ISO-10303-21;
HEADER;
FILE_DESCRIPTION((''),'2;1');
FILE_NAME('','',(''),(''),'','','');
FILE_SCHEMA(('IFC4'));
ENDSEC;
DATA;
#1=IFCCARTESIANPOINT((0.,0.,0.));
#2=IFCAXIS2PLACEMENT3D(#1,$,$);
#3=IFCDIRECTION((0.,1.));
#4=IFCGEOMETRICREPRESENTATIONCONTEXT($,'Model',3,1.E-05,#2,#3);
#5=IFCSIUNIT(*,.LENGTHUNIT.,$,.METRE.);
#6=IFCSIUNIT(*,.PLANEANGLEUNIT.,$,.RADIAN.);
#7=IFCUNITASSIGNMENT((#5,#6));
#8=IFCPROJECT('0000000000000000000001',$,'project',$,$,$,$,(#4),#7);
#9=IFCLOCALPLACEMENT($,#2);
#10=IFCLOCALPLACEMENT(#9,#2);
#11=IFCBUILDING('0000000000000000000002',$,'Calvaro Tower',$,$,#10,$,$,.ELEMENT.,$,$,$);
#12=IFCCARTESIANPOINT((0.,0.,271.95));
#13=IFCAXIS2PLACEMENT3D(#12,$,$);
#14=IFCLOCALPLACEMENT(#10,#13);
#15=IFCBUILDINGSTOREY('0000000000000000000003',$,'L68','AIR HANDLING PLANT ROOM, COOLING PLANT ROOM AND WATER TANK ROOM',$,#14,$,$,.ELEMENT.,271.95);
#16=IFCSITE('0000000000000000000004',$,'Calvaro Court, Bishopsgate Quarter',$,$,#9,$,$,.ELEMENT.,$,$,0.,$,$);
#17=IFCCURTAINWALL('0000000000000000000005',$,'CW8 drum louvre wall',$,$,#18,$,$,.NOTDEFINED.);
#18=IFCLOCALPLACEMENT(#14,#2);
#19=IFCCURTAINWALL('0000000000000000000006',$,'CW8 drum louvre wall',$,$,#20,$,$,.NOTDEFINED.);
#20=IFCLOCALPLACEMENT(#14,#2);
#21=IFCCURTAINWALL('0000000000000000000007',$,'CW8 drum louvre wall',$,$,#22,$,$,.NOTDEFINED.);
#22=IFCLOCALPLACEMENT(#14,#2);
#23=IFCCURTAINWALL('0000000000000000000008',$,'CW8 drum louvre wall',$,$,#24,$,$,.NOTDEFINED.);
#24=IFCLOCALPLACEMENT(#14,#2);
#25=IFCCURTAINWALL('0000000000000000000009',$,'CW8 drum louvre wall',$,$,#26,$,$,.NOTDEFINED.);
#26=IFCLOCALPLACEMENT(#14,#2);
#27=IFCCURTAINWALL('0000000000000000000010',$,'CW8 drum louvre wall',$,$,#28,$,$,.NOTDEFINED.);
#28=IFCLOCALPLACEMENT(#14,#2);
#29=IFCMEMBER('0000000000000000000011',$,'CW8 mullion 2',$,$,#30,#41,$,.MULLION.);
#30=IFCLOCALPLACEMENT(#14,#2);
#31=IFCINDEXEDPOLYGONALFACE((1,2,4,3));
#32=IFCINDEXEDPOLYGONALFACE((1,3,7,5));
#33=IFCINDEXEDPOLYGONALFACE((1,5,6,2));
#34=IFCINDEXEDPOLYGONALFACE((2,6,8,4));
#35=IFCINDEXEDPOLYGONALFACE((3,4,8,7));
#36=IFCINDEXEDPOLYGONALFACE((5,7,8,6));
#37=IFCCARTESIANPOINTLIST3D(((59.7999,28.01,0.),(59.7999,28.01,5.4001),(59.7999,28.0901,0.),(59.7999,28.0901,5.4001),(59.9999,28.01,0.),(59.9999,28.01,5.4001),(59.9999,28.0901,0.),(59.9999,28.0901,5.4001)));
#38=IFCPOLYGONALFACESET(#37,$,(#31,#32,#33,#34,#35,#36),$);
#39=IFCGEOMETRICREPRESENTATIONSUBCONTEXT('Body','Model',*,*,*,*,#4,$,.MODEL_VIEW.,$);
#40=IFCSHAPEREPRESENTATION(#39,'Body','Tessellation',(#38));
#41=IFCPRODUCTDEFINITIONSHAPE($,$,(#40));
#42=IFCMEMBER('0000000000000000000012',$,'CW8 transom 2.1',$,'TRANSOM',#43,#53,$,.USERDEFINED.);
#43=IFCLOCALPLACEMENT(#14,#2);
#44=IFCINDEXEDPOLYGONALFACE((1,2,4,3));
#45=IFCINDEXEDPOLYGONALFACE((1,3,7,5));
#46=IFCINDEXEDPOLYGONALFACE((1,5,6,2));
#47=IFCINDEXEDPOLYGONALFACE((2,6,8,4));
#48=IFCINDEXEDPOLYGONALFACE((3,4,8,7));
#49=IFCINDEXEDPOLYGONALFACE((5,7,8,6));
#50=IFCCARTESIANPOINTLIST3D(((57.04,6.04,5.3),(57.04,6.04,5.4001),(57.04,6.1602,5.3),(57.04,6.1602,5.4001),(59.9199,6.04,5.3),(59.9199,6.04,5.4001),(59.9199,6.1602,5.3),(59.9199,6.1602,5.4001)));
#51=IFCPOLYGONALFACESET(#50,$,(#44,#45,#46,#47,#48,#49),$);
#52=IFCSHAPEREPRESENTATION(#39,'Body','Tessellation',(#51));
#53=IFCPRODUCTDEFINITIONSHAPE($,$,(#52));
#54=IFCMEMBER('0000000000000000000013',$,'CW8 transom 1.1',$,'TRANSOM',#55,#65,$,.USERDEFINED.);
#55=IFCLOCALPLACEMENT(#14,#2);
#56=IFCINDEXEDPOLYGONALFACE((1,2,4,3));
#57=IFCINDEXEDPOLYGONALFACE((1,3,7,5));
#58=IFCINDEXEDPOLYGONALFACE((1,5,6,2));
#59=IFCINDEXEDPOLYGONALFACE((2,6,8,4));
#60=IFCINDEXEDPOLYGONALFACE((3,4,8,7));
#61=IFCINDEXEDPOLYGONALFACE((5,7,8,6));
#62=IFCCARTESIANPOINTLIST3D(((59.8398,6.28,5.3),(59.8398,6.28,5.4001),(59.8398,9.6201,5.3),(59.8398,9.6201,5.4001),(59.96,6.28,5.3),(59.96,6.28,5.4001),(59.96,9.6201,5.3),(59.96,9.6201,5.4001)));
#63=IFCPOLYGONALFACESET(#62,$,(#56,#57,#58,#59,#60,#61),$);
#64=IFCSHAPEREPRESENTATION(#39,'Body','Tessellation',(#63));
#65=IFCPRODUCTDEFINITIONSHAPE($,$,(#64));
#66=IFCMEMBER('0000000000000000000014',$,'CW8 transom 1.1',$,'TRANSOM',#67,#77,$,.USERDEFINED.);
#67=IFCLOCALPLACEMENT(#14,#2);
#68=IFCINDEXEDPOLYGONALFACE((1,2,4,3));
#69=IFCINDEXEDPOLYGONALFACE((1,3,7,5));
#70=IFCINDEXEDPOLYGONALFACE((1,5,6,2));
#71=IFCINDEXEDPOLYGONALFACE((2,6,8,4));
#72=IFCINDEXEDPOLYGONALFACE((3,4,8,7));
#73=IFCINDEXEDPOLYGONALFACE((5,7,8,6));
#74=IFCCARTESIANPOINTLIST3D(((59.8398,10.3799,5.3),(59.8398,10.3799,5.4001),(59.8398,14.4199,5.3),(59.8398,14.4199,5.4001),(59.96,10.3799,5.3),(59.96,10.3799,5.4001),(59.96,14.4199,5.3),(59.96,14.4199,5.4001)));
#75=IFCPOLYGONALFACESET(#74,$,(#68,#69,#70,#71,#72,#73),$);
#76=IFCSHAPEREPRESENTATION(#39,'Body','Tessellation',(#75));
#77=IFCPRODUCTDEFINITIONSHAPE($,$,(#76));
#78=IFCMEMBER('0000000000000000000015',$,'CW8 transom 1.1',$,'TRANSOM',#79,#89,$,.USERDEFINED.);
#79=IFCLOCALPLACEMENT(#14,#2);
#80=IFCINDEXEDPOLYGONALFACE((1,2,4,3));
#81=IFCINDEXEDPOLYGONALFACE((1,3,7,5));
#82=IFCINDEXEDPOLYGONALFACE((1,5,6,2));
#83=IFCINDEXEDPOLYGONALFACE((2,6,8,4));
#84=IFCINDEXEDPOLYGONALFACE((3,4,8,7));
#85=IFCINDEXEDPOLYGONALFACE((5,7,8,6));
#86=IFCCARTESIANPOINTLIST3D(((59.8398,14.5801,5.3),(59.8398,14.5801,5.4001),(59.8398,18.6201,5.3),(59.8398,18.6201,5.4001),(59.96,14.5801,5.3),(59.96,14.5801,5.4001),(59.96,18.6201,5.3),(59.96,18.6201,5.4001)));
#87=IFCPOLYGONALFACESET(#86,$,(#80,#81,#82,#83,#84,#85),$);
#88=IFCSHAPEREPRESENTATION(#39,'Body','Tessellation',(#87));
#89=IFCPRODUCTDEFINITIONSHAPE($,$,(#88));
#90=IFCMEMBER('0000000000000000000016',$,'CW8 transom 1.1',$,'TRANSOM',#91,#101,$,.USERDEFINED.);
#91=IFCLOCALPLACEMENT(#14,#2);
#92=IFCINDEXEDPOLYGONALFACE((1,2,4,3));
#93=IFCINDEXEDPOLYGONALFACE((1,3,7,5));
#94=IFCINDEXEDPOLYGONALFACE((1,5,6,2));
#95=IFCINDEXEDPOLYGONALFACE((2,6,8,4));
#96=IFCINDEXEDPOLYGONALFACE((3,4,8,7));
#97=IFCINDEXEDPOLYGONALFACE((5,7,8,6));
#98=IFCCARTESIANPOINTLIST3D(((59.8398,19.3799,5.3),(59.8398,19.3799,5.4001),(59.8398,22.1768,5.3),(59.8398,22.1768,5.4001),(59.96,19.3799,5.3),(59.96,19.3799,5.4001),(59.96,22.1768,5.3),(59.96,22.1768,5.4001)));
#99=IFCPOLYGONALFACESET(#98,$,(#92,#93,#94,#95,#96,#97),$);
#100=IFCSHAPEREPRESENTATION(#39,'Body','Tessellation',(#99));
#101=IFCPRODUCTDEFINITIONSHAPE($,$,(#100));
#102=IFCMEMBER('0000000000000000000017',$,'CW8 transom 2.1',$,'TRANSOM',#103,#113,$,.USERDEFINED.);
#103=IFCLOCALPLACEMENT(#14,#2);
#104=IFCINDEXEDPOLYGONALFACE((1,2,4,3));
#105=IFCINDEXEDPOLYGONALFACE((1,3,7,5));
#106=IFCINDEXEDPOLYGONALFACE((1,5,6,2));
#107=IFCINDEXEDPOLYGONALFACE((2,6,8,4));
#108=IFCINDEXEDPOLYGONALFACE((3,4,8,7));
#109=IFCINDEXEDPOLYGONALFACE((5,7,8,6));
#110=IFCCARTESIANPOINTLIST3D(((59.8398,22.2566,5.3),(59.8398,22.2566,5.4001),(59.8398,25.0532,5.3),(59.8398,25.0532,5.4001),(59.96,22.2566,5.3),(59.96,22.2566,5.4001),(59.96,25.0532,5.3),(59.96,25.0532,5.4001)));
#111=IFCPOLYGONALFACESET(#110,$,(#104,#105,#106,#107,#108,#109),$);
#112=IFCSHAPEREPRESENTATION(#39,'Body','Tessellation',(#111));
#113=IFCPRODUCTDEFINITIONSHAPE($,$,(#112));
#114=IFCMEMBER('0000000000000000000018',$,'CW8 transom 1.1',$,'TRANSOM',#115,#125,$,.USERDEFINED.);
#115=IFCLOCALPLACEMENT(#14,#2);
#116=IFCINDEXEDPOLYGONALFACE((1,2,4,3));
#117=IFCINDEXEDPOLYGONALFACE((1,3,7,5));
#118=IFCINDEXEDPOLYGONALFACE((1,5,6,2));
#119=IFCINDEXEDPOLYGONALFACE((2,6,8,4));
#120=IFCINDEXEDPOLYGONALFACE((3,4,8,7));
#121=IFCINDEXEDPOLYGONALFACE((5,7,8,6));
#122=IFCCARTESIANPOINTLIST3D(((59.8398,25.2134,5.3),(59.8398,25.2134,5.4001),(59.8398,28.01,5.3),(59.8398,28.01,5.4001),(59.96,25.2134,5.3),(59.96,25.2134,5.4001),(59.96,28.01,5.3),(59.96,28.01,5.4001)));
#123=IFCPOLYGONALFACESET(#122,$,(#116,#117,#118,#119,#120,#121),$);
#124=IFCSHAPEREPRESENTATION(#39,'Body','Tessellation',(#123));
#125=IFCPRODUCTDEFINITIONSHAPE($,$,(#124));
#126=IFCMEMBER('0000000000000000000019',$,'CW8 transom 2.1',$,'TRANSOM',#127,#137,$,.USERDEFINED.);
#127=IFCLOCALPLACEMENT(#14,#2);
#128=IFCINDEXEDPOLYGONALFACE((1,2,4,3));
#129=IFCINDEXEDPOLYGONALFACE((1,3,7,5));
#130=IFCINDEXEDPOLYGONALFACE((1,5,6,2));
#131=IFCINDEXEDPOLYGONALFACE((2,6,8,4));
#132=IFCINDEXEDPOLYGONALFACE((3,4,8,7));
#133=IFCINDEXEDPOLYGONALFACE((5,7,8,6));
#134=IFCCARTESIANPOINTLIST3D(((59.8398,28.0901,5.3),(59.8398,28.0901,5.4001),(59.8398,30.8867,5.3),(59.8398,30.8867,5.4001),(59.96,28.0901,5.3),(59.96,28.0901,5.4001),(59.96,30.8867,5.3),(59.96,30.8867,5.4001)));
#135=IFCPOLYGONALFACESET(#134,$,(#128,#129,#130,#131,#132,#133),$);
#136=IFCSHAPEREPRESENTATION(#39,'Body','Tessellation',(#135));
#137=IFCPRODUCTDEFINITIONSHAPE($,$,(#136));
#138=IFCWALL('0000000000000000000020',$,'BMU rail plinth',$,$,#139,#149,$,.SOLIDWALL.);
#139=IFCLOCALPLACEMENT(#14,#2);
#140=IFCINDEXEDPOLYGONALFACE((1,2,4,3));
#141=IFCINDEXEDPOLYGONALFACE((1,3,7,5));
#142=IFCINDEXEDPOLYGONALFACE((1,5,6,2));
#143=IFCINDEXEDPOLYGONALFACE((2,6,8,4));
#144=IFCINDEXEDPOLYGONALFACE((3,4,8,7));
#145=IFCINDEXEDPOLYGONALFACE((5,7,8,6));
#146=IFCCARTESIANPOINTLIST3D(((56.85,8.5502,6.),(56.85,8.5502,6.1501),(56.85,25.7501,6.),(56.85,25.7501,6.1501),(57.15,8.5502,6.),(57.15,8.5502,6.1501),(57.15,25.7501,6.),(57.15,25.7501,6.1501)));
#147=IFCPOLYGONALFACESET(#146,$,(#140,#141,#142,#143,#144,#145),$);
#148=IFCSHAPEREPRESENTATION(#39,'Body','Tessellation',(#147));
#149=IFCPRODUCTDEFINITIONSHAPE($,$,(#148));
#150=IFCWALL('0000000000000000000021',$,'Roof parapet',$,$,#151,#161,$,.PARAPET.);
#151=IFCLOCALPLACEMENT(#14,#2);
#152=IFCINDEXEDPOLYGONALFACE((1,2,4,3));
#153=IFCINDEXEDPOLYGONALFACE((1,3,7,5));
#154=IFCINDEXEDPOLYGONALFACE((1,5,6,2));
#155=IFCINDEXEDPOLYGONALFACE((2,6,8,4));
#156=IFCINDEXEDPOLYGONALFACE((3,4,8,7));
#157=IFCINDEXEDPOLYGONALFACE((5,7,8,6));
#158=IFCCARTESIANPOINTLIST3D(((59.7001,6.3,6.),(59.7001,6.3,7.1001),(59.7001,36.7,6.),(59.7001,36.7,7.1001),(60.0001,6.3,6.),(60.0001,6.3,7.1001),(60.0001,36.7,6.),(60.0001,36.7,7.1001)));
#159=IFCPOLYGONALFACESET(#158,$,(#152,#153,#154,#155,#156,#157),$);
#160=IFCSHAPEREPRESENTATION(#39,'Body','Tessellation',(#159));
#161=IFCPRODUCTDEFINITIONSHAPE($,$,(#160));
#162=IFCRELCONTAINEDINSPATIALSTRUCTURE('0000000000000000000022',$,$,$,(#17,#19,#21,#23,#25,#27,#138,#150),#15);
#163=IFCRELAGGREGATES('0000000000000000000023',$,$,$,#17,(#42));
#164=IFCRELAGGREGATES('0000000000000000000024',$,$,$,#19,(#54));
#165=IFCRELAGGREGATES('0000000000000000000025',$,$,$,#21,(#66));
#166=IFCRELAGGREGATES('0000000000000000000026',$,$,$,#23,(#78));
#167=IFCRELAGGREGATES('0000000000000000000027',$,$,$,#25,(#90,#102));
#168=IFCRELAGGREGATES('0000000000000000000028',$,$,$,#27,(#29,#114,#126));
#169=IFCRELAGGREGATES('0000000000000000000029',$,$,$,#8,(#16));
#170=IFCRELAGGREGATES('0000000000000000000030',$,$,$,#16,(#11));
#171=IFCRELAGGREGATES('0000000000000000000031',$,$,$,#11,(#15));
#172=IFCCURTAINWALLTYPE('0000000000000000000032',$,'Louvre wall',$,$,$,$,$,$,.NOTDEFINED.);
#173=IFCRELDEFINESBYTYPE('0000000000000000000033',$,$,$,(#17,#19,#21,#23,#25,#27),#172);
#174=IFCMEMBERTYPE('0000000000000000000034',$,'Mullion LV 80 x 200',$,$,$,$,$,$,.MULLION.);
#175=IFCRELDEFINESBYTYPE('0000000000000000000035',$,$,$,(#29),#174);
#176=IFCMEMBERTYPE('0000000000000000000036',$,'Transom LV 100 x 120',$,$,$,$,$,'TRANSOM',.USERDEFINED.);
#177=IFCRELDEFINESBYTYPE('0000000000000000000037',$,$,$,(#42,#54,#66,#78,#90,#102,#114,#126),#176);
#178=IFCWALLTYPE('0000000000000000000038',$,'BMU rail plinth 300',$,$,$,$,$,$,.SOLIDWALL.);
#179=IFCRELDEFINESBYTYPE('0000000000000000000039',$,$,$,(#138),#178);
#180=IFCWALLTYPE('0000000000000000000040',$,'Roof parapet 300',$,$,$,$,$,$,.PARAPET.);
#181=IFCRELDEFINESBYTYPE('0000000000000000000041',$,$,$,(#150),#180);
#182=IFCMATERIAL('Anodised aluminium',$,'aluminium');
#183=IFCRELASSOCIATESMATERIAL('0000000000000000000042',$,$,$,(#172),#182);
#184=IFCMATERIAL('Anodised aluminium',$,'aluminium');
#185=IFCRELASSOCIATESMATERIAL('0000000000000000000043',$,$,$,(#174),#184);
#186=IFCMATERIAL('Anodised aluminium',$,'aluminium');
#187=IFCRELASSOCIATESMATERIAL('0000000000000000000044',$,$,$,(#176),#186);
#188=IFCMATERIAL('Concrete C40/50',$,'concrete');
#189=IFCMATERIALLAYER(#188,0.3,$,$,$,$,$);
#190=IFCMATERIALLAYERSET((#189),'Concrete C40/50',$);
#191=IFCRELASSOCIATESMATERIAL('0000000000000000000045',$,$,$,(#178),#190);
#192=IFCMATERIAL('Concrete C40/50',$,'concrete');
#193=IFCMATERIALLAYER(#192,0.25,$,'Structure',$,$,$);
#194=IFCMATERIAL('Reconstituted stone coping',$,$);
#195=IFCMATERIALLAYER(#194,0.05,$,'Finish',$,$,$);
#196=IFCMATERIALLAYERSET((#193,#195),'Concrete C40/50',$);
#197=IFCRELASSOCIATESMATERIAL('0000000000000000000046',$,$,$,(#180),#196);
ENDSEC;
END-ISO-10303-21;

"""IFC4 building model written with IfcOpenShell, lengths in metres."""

from ifc_helpers import new_model, si_unit, direction, frame, frame_2d, origin, origin_2d, place, context, subcontext, project, spatial, rectangle, extrude, material, layer, layer_set, material_profile, profile_set, type_object, element, aggregate, save


model = new_model("IFC4")

# Units and contexts
model_context = context("Model", 3, precision=1e-05, world=origin(), true_north=direction((0.0, 1.0)))
body_context = subcontext(model_context, "Body", "Model", "MODEL_VIEW")
ifc_project = project(units=[si_unit("LENGTHUNIT", "METRE"), si_unit("PLANEANGLEUNIT", "RADIAN")], contexts=[model_context])

# Site, building, storey
site_placement = place(None, origin())
site = spatial("IfcSite", under=ifc_project, at=site_placement, Name="Calvaro Court, Bishopsgate Quarter", CompositionType="ELEMENT", RefElevation=0.0)
building_placement = place(site_placement, origin())
building = spatial("IfcBuilding", under=site, at=building_placement, Name="Calvaro Tower", CompositionType="ELEMENT")
storey_placement = place(building_placement, frame((0.0, 0.0, 271.95)))
storey = spatial("IfcBuildingStorey", under=building, at=storey_placement, Name="L68", Description="AIR HANDLING PLANT ROOM, COOLING PLANT ROOM AND WATER TANK ROOM", CompositionType="ELEMENT", Elevation=271.95)

# Curtain walls, member
ifc_material_1 = material(Name="Anodised aluminium", Category="aluminium")
curtain_wall_type = type_object("IfcCurtainWallType", Name="Louvre wall", PredefinedType="NOTDEFINED", material=ifc_material_1)
curtain_wall_1_placement = place(storey_placement, origin())
curtain_wall_1 = element("IfcCurtainWall", 1, at=curtain_wall_1_placement, inside=storey, type_object=curtain_wall_type, Name="CW8 drum louvre wall", PredefinedType="NOTDEFINED")
ifc_material_2 = material(Name="Anodised aluminium", Category="aluminium")
ifc_material_profile_1 = material_profile(ifc_material_2, rectangle(XDim=0.2, YDim=0.0801, at=origin_2d()), Name="Mullion LV 80 x 200")
ifc_profile_set_1 = profile_set([ifc_material_profile_1], Name="Anodised aluminium")
member_type_1 = type_object("IfcMemberType", Name="Mullion LV 80 x 200", PredefinedType="MULLION", material=ifc_profile_set_1)
curtain_wall_2_placement = place(storey_placement, origin())
curtain_wall_2 = element("IfcCurtainWall", 2, at=curtain_wall_2_placement, inside=storey, type_object=curtain_wall_type, Name="CW8 drum louvre wall", PredefinedType="NOTDEFINED")
curtain_wall_3_placement = place(storey_placement, origin())
curtain_wall_3 = element("IfcCurtainWall", 3, at=curtain_wall_3_placement, inside=storey, type_object=curtain_wall_type, Name="CW8 drum louvre wall", PredefinedType="NOTDEFINED")
curtain_wall_4_placement = place(storey_placement, origin())
curtain_wall_4 = element("IfcCurtainWall", 4, at=curtain_wall_4_placement, inside=storey, type_object=curtain_wall_type, Name="CW8 drum louvre wall", PredefinedType="NOTDEFINED")
curtain_wall_5_placement = place(storey_placement, origin())
curtain_wall_5 = element("IfcCurtainWall", 5, at=curtain_wall_5_placement, inside=storey, type_object=curtain_wall_type, Name="CW8 drum louvre wall", PredefinedType="NOTDEFINED")
curtain_wall_6_placement = place(storey_placement, origin())
curtain_wall_6 = element("IfcCurtainWall", 6, at=curtain_wall_6_placement, inside=storey, type_object=curtain_wall_type, Name="CW8 drum louvre wall", PredefinedType="NOTDEFINED")
member_1_placement = place(storey_placement, frame((59.8999, 28.05, 0.0), z_axis=(0.0, 0.0, 1.0), x_axis=(-1.0, 0.0, 0.0)))
member_1 = element("IfcMember", 7, at=member_1_placement, type_object=member_type_1, Name="CW8 mullion 2", PredefinedType="MULLION", context=body_context, shape_type="SweptSolid", body=[
    extrude(rectangle(XDim=0.2, YDim=0.0801, at=origin_2d()), origin(), (0.0, 0.0, 1.0), 5.4001),
])

# Members
ifc_material_3 = material(Name="Anodised aluminium", Category="aluminium")
ifc_material_profile_2 = material_profile(ifc_material_3, rectangle(XDim=0.1201, YDim=0.1001, at=origin_2d()), Name="Transom LV 100 x 120")
ifc_profile_set_2 = profile_set([ifc_material_profile_2], Name="Anodised aluminium")
member_type_2 = type_object("IfcMemberType", Name="Transom LV 100 x 120", ElementType="TRANSOM", PredefinedType="USERDEFINED", material=ifc_profile_set_2)
member_2_placement = place(storey_placement, frame((57.04, 6.1001, 5.3501), z_axis=(1.0, 0.0, 0.0), x_axis=(0.0, 1.0, 0.0)))
member_2 = element("IfcMember", 8, at=member_2_placement, type_object=member_type_2, Name="CW8 transom 2.1", ObjectType="TRANSOM", PredefinedType="USERDEFINED", context=body_context, shape_type="SweptSolid", body=[
    extrude(rectangle(XDim=0.1201, YDim=0.1001, at=origin_2d()), origin(), (0.0, 0.0, 1.0), 2.8799),
])
member_3_placement = place(storey_placement, frame((59.8999, 6.28, 5.3501), z_axis=(0.0, 1.0, 0.0), x_axis=(-1.0, 0.0, 0.0)))
member_3 = element("IfcMember", 9, at=member_3_placement, type_object=member_type_2, Name="CW8 transom 1.1", ObjectType="TRANSOM", PredefinedType="USERDEFINED", context=body_context, shape_type="SweptSolid", body=[
    extrude(rectangle(XDim=0.1201, YDim=0.1001, at=origin_2d()), origin(), (0.0, 0.0, 1.0), 3.3401),
])
member_4_placement = place(storey_placement, frame((59.8999, 10.3799, 5.3501), z_axis=(0.0, 1.0, 0.0), x_axis=(-1.0, 0.0, 0.0)))
member_4 = element("IfcMember", 10, at=member_4_placement, type_object=member_type_2, Name="CW8 transom 1.1", ObjectType="TRANSOM", PredefinedType="USERDEFINED", context=body_context, shape_type="SweptSolid", body=[
    extrude(rectangle(XDim=0.1201, YDim=0.1001, at=origin_2d()), origin(), (0.0, 0.0, 1.0), 4.04),
])
member_5_placement = place(storey_placement, frame((59.8999, 14.5801, 5.3501), z_axis=(0.0, 1.0, 0.0), x_axis=(-1.0, 0.0, 0.0)))
member_5 = element("IfcMember", 11, at=member_5_placement, type_object=member_type_2, Name="CW8 transom 1.1", ObjectType="TRANSOM", PredefinedType="USERDEFINED", context=body_context, shape_type="SweptSolid", body=[
    extrude(rectangle(XDim=0.1201, YDim=0.1001, at=origin_2d()), origin(), (0.0, 0.0, 1.0), 4.04),
])
member_6_placement = place(storey_placement, frame((59.8999, 19.3799, 5.3501), z_axis=(0.0, 1.0, 0.0), x_axis=(-1.0, 0.0, 0.0)))
member_6 = element("IfcMember", 12, at=member_6_placement, type_object=member_type_2, Name="CW8 transom 1.1", ObjectType="TRANSOM", PredefinedType="USERDEFINED", context=body_context, shape_type="SweptSolid", body=[
    extrude(rectangle(XDim=0.1201, YDim=0.1001, at=origin_2d()), origin(), (0.0, 0.0, 1.0), 2.7969),
])
member_7_placement = place(storey_placement, frame((59.8999, 22.2566, 5.3501), z_axis=(0.0, 1.0, 0.0), x_axis=(-1.0, 0.0, 0.0)))
member_7 = element("IfcMember", 13, at=member_7_placement, type_object=member_type_2, Name="CW8 transom 2.1", ObjectType="TRANSOM", PredefinedType="USERDEFINED", context=body_context, shape_type="SweptSolid", body=[
    extrude(rectangle(XDim=0.1201, YDim=0.1001, at=origin_2d()), origin(), (0.0, 0.0, 1.0), 2.7966),
])
member_8_placement = place(storey_placement, frame((59.8999, 25.2134, 5.3501), z_axis=(0.0, 1.0, 0.0), x_axis=(-1.0, 0.0, 0.0)))
member_8 = element("IfcMember", 14, at=member_8_placement, type_object=member_type_2, Name="CW8 transom 1.1", ObjectType="TRANSOM", PredefinedType="USERDEFINED", context=body_context, shape_type="SweptSolid", body=[
    extrude(rectangle(XDim=0.1201, YDim=0.1001, at=origin_2d()), origin(), (0.0, 0.0, 1.0), 2.7966),
])
member_9_placement = place(storey_placement, frame((59.8999, 28.0901, 5.3501), z_axis=(0.0, 1.0, 0.0), x_axis=(-1.0, 0.0, 0.0)))
member_9 = element("IfcMember", 15, at=member_9_placement, type_object=member_type_2, Name="CW8 transom 2.1", ObjectType="TRANSOM", PredefinedType="USERDEFINED", context=body_context, shape_type="SweptSolid", body=[
    extrude(rectangle(XDim=0.1201, YDim=0.1001, at=origin_2d()), origin(), (0.0, 0.0, 1.0), 2.7966),
])

# Walls
ifc_material_4 = material(Name="Concrete C40/50", Category="concrete")
ifc_layer_1 = layer(ifc_material_4, 0.3)
ifc_layer_set_1 = layer_set([ifc_layer_1], Name="Concrete C40/50")
wall_type_1 = type_object("IfcWallType", Name="BMU rail plinth 300", PredefinedType="SOLIDWALL", material=ifc_layer_set_1)
wall_1_placement = place(storey_placement, frame((57.0, 8.55, 6.0), z_axis=(0.0, 0.0, 1.0), x_axis=(0.0, 1.0, 0.0)))
element("IfcWall", 16, at=wall_1_placement, inside=storey, type_object=wall_type_1, Name="BMU rail plinth", PredefinedType="SOLIDWALL", context=body_context, shape_type="SweptSolid", body=[
    extrude(rectangle(XDim=17.2, YDim=0.3, at=frame_2d((8.6001, 0.0))), origin(), (0.0, 0.0, 1.0), 0.1501),
])
ifc_material_5 = material(Name="Concrete C40/50", Category="concrete")
ifc_layer_2 = layer(ifc_material_5, 0.25, Name="Structure")
ifc_material_6 = material(Name="Reconstituted stone coping")
ifc_layer_3 = layer(ifc_material_6, 0.05, Name="Finish")
ifc_layer_set_2 = layer_set([ifc_layer_2, ifc_layer_3], Name="Concrete C40/50")
wall_type_2 = type_object("IfcWallType", Name="Roof parapet 300", PredefinedType="PARAPET", material=ifc_layer_set_2)
wall_2_placement = place(storey_placement, frame((59.8501, 6.3, 6.0), z_axis=(0.0, 0.0, 1.0), x_axis=(0.0, 1.0, 0.0)))
element("IfcWall", 17, at=wall_2_placement, inside=storey, type_object=wall_type_2, Name="Roof parapet", PredefinedType="PARAPET", context=body_context, shape_type="SweptSolid", body=[
    extrude(rectangle(XDim=30.3999, YDim=0.3, at=frame_2d((15.2, 0.0))), origin(), (0.0, 0.0, 1.0), 1.1001),
])

aggregate(curtain_wall_1, [member_2])
aggregate(curtain_wall_2, [member_3])
aggregate(curtain_wall_3, [member_4])
aggregate(curtain_wall_4, [member_5])
aggregate(curtain_wall_5, [member_6, member_7])
aggregate(curtain_wall_6, [member_1, member_8, member_9])

save(model, "model.ifc")
